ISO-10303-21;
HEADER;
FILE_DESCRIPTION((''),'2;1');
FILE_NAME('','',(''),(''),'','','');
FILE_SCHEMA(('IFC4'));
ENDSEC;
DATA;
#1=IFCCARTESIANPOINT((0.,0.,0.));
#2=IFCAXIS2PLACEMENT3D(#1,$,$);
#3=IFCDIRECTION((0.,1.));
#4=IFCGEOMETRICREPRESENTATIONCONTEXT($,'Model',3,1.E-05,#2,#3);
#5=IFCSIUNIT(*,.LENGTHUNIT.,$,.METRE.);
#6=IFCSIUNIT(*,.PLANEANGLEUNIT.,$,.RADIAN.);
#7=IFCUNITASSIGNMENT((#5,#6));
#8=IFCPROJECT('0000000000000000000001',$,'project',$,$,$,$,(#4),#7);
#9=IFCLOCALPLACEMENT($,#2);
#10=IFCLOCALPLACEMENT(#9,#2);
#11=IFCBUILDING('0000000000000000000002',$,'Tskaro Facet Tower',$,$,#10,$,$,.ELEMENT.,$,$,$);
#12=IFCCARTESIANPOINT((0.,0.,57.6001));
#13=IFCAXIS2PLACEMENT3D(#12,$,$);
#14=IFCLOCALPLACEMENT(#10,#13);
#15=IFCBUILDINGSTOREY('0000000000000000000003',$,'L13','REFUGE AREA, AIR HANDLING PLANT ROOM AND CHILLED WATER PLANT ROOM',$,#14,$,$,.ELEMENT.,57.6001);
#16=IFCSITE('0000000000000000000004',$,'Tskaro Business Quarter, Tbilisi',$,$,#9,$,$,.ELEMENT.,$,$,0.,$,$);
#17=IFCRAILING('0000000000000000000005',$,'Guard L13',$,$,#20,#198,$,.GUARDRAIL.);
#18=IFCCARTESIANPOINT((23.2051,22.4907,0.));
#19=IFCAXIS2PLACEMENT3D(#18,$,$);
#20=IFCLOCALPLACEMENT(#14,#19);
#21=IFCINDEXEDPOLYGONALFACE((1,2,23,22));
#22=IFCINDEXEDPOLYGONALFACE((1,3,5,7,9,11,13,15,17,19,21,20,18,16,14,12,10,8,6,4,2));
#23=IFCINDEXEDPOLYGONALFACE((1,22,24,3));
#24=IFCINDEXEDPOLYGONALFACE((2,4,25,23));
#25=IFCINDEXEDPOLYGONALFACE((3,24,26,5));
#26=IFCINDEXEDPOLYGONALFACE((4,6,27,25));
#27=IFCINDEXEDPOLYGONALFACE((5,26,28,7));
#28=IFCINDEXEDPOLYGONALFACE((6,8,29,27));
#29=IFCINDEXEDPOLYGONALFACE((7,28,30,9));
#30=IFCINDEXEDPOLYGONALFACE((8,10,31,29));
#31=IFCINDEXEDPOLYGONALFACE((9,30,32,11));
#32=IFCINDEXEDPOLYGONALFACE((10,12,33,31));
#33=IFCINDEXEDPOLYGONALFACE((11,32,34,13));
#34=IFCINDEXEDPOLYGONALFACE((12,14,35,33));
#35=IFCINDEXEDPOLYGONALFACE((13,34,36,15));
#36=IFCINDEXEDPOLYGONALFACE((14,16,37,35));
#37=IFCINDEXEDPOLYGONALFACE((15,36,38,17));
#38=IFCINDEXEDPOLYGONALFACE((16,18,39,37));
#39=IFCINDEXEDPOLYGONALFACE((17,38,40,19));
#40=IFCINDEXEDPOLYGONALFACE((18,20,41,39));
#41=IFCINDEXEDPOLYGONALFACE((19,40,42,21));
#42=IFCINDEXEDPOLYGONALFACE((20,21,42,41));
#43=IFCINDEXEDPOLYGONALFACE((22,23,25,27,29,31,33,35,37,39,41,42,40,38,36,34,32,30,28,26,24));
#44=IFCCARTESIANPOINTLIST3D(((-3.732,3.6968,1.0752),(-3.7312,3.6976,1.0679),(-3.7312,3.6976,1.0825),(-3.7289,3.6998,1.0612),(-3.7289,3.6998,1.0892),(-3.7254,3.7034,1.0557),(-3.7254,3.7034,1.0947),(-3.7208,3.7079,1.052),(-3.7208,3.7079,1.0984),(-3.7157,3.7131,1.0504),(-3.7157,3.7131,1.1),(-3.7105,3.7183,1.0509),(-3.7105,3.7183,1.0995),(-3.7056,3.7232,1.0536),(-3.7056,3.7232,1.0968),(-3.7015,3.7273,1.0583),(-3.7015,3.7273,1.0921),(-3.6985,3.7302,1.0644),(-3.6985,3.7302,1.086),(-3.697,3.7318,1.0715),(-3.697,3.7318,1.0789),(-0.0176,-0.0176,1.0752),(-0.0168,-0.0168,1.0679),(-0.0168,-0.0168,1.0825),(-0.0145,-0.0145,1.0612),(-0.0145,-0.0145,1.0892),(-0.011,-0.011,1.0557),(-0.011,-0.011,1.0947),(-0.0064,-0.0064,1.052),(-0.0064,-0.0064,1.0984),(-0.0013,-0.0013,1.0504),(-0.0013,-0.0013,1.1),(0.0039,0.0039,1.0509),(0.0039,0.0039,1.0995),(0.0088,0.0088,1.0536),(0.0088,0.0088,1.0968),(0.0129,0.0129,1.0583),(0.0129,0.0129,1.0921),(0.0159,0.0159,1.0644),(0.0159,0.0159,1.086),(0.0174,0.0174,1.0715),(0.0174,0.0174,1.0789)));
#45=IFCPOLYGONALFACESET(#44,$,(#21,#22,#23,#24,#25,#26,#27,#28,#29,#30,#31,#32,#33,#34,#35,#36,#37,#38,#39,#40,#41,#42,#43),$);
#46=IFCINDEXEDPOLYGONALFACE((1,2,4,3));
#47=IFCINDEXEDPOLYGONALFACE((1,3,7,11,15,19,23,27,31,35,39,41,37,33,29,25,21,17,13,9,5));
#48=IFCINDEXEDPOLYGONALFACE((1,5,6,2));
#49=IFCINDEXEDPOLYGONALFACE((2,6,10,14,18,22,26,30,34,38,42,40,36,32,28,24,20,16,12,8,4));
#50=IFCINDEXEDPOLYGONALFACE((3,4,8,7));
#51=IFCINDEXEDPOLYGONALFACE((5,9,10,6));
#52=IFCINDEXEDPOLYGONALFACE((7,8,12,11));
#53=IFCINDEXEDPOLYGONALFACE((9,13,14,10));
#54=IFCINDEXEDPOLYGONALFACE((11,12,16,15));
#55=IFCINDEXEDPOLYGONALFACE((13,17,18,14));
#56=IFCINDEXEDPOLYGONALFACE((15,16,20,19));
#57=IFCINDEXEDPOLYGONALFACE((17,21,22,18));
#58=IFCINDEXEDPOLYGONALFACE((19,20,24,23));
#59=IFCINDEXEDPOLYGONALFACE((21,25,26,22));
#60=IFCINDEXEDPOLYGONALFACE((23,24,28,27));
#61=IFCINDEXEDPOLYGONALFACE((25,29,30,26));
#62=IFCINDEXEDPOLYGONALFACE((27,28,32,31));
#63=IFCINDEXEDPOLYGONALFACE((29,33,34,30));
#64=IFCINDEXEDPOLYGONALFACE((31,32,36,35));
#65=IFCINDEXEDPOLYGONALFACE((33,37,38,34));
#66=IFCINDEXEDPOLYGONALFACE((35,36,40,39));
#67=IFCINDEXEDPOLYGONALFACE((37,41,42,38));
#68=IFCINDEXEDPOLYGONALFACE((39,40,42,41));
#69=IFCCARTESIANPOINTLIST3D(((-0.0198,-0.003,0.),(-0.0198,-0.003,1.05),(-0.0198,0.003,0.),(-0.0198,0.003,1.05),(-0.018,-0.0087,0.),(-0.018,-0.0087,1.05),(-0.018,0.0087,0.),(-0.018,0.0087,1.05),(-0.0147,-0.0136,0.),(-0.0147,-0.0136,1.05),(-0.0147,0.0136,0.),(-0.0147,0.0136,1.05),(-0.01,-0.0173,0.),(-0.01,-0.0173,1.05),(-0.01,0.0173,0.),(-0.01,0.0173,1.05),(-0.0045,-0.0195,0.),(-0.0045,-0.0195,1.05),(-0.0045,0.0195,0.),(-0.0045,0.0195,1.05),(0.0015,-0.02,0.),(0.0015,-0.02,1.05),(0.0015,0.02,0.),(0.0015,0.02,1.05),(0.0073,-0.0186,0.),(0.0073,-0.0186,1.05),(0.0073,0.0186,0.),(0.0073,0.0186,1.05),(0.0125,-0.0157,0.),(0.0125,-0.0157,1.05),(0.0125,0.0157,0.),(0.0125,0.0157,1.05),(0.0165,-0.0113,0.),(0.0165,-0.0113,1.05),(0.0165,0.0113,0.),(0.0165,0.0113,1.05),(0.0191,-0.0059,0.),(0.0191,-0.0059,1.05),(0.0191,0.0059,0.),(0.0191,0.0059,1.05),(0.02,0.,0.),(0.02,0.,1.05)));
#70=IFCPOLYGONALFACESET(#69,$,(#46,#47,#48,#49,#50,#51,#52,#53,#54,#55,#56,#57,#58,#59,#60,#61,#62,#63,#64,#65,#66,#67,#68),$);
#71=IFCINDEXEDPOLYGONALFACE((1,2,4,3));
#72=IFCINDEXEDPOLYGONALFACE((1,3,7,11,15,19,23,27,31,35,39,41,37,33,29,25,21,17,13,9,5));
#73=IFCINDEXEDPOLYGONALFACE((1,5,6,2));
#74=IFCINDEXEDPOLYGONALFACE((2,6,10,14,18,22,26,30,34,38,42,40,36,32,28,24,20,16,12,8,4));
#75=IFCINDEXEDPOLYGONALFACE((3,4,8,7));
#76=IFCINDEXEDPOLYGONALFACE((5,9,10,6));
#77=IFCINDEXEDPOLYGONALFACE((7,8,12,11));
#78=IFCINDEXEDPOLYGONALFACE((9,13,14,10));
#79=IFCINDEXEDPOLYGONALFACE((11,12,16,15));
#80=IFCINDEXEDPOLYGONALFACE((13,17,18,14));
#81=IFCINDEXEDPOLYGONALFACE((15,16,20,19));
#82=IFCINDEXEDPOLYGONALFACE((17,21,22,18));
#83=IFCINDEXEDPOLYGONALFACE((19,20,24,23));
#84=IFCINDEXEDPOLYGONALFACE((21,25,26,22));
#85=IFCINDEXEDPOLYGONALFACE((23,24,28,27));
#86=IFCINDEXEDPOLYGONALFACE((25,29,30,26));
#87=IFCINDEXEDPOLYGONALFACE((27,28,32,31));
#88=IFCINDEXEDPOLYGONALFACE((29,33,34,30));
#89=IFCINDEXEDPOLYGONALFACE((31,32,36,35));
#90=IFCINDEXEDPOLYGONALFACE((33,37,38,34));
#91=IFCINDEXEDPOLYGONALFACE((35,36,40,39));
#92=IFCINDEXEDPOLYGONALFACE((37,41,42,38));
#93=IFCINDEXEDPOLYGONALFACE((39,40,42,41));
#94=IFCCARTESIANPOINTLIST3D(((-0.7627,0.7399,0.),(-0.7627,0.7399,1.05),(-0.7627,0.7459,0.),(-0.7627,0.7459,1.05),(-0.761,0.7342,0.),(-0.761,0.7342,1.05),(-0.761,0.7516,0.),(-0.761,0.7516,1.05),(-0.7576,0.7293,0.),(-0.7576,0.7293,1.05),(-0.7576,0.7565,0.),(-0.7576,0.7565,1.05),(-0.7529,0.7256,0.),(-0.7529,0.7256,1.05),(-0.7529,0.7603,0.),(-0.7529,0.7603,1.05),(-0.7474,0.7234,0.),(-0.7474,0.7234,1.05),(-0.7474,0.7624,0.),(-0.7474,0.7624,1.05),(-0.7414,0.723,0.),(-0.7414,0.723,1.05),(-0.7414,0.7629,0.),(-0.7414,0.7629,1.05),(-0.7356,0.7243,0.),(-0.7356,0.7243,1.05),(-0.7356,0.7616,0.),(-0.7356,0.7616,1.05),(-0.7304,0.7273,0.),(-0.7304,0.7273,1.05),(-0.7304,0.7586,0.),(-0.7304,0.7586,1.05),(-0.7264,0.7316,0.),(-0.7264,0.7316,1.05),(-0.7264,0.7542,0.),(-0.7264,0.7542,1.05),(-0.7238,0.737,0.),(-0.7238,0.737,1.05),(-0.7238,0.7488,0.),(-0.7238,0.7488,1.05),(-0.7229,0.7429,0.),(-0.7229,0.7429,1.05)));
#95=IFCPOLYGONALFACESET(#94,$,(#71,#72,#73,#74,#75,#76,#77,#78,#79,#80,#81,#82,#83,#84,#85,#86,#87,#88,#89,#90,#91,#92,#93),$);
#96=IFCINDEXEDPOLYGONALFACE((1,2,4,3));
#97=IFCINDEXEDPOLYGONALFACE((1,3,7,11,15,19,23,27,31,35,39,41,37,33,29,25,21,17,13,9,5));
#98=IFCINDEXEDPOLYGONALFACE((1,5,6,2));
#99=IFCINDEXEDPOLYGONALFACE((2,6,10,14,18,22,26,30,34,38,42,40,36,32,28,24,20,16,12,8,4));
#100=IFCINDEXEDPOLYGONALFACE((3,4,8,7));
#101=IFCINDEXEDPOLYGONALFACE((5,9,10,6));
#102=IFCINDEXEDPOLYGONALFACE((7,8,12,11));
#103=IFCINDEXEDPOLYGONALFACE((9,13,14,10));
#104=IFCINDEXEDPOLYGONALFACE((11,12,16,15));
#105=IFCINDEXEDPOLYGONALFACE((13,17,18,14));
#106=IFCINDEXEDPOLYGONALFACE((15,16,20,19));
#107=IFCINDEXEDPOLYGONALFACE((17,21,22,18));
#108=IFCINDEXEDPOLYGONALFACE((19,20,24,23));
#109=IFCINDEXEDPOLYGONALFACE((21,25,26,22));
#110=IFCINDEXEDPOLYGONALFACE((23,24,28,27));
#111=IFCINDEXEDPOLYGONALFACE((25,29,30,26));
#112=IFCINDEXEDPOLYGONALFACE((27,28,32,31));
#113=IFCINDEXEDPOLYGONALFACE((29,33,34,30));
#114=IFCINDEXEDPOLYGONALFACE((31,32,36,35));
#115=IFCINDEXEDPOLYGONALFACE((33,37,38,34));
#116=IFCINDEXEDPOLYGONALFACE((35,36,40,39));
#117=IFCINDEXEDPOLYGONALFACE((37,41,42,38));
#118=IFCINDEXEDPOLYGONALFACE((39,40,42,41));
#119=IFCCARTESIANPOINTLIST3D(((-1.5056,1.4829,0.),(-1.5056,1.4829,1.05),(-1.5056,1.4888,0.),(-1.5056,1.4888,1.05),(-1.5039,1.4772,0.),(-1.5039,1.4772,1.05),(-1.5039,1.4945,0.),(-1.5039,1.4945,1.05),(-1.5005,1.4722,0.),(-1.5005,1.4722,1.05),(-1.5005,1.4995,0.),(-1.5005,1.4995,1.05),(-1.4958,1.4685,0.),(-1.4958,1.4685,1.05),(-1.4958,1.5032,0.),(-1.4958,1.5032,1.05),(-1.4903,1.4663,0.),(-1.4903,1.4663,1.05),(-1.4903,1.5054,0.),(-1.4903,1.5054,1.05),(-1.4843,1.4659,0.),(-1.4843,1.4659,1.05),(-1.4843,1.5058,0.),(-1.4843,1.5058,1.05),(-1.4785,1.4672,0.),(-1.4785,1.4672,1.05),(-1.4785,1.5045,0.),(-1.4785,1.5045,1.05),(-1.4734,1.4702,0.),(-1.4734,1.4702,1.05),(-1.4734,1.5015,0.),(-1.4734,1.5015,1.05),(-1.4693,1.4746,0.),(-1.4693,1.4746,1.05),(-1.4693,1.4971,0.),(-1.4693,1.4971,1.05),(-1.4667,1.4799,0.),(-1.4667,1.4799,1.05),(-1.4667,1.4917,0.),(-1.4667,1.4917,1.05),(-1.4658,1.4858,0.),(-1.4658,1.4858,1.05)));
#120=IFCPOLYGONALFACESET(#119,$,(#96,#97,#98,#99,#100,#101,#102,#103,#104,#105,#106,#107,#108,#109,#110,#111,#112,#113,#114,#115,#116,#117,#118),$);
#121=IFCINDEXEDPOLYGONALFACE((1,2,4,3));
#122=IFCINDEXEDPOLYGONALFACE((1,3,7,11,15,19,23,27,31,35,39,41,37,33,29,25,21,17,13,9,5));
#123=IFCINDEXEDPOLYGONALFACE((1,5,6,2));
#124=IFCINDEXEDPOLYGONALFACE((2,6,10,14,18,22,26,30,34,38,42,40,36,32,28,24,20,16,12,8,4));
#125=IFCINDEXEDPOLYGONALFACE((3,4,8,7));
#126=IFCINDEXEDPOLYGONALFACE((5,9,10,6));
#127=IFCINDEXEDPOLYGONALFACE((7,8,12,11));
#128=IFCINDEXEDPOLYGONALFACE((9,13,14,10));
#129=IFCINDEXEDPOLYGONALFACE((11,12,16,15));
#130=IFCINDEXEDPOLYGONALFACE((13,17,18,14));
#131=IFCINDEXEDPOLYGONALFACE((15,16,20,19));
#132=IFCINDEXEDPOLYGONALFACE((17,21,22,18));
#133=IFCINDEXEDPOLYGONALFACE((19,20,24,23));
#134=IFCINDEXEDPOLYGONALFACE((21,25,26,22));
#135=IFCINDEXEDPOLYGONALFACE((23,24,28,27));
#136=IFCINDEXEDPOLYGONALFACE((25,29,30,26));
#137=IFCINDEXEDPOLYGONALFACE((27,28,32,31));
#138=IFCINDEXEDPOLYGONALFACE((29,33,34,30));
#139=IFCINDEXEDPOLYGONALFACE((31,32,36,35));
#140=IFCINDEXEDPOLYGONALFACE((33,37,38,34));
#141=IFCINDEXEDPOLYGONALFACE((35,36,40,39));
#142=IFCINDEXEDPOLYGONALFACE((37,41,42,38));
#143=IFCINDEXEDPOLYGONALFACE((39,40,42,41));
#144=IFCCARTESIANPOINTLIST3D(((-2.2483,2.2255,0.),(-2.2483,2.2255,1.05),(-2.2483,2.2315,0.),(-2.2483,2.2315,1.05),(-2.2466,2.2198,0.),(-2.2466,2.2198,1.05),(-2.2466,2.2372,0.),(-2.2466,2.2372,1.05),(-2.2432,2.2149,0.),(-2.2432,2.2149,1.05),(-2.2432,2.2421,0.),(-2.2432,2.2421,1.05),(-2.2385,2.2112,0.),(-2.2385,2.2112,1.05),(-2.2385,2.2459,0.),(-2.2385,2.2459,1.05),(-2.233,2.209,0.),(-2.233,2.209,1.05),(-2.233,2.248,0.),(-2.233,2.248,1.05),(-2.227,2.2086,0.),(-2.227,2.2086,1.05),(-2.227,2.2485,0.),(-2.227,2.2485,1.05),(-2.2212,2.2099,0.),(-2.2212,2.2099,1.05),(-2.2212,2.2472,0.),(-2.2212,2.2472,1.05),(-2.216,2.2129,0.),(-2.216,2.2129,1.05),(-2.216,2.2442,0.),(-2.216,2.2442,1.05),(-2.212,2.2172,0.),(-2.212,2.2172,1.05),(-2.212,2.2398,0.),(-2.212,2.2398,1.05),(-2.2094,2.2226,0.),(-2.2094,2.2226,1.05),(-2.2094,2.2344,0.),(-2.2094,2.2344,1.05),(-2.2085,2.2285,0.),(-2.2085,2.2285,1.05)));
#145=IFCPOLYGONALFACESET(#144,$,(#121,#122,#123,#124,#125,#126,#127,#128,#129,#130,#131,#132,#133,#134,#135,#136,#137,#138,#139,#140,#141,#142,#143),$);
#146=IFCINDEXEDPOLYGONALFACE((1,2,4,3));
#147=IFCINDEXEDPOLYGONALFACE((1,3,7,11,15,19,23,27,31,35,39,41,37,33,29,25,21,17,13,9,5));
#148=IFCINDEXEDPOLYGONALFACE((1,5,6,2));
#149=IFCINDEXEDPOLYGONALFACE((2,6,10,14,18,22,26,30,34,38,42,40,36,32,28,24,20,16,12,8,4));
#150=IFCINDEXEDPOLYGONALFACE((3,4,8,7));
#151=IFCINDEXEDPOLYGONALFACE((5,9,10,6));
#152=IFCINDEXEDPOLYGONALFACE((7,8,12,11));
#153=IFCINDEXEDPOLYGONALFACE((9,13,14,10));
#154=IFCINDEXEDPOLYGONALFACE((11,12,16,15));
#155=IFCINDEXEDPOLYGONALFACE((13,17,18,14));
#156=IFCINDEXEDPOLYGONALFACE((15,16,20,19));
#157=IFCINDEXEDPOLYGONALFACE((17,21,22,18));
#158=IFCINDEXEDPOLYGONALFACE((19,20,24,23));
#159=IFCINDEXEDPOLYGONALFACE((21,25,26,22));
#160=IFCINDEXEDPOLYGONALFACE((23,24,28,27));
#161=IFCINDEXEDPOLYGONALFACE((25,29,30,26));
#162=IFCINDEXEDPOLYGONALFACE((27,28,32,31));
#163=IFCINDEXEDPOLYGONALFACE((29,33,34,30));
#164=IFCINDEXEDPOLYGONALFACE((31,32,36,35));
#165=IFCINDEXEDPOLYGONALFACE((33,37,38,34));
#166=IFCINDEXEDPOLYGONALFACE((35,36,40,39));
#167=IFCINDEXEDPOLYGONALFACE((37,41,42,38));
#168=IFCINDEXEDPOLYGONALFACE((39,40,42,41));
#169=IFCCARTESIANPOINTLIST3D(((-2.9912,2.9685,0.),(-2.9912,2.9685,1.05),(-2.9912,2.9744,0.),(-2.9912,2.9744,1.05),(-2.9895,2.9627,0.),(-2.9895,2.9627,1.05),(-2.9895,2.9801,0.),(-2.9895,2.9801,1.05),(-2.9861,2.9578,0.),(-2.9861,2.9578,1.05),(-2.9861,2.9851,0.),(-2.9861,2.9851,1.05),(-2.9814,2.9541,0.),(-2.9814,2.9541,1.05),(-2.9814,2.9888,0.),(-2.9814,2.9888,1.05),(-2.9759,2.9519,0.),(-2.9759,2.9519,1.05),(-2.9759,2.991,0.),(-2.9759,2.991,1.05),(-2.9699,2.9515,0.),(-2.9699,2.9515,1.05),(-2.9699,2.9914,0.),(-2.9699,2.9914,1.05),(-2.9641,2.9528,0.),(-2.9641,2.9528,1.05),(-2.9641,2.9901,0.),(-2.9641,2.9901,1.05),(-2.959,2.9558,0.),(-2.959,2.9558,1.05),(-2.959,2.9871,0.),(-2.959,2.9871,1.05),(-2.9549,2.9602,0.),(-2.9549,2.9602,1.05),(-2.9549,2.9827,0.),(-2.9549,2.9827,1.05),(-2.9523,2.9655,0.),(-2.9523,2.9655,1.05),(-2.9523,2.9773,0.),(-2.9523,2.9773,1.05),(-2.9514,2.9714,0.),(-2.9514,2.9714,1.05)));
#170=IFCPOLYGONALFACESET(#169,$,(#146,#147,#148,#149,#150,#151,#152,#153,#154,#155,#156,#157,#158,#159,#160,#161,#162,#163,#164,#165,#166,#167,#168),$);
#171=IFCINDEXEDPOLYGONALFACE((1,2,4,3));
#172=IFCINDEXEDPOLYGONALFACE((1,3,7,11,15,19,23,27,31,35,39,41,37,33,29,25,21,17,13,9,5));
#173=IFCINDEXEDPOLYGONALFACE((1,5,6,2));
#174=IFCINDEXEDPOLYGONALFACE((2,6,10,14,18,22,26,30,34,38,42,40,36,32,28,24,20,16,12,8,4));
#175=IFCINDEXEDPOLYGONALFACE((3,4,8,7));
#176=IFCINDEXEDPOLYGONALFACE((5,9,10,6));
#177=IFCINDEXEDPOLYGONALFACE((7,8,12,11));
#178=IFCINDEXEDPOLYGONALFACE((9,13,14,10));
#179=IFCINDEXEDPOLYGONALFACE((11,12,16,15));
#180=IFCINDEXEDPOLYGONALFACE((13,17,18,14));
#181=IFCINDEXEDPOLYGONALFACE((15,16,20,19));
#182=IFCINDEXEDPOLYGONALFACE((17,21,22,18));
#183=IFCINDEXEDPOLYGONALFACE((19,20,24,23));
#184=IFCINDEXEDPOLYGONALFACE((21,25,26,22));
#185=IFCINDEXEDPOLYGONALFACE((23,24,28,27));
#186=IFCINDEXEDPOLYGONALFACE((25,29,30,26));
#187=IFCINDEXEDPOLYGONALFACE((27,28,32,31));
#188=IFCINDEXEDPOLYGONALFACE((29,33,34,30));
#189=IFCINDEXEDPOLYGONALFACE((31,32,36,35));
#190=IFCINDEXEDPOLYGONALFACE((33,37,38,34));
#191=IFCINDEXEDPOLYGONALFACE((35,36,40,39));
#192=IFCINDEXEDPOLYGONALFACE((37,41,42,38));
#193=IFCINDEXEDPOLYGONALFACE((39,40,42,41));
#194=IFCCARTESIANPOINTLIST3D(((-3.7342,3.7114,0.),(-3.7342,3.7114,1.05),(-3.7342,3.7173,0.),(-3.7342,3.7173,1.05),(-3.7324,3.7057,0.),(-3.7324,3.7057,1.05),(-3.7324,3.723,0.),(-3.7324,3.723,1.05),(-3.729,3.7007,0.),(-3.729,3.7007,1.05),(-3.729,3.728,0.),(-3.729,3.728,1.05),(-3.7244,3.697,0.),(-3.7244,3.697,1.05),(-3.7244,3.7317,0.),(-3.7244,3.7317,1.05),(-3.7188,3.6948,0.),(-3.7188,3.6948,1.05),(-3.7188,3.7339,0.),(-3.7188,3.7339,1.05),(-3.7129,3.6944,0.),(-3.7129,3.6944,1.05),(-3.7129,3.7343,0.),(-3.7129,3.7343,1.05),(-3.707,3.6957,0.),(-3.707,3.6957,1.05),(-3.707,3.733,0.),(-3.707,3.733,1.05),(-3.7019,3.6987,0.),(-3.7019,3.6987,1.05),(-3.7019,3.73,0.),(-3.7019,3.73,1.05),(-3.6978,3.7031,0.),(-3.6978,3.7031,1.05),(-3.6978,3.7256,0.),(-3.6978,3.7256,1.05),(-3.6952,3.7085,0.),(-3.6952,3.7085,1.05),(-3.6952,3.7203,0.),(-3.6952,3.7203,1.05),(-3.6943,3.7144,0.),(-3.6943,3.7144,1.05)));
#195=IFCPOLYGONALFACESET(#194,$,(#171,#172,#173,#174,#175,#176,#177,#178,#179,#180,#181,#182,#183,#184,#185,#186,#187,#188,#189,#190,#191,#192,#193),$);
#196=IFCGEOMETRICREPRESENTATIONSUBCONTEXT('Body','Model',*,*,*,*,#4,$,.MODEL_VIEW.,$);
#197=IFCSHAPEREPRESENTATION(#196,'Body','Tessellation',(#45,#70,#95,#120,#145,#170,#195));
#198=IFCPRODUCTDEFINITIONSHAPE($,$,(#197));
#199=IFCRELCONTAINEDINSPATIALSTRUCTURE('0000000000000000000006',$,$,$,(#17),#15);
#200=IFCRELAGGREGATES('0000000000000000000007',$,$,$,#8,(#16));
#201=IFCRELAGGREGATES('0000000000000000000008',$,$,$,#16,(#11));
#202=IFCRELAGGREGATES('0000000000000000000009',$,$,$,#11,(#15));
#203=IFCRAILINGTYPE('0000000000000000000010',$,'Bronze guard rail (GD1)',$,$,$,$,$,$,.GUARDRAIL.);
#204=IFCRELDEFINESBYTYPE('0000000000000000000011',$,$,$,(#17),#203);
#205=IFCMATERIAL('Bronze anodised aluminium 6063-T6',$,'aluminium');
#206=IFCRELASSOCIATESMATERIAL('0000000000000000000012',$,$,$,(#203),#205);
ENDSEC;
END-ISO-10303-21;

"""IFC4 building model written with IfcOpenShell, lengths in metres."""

from ifc_helpers import new_model, si_unit, direction, frame, origin, origin_2d, place, context, subcontext, project, spatial, circle, extrude, material, type_object, element, save


model = new_model("IFC4")

# Units and contexts
model_context = context("Model", 3, precision=1e-05, world=origin(), true_north=direction((0.0, 1.0)))
body_context = subcontext(model_context, "Body", "Model", "MODEL_VIEW")
ifc_project = project(units=[si_unit("LENGTHUNIT", "METRE"), si_unit("PLANEANGLEUNIT", "RADIAN")], contexts=[model_context])

# Site, building, storey
site_placement = place(None, origin())
site = spatial("IfcSite", under=ifc_project, at=site_placement, Name="Tskaro Business Quarter, Tbilisi", CompositionType="ELEMENT", RefElevation=0.0)
building_placement = place(site_placement, origin())
building = spatial("IfcBuilding", under=site, at=building_placement, Name="Tskaro Facet Tower", CompositionType="ELEMENT")
storey_placement = place(building_placement, frame((0.0, 0.0, 57.6001)))
storey = spatial("IfcBuildingStorey", under=building, at=storey_placement, Name="L13", Description="REFUGE AREA, AIR HANDLING PLANT ROOM AND CHILLED WATER PLANT ROOM", CompositionType="ELEMENT", Elevation=57.6001)

# Railing
ifc_material_1 = material(Name="Bronze anodised aluminium 6063-T6", Category="aluminium")
railing_type = type_object("IfcRailingType", Name="Bronze guard rail (GD1)", PredefinedType="GUARDRAIL", material=ifc_material_1)
railing_placement = place(storey_placement, frame((23.2051, 22.4907, 0.0)))
element("IfcRailing", 1, at=railing_placement, inside=storey, type_object=railing_type, Name="Guard L13", PredefinedType="GUARDRAIL", context=body_context, shape_type="SweptSolid", body=[
    extrude(circle(Radius=0.0249, at=origin_2d()), frame((0.0, 0.0, 1.0752), z_axis=(-0.707107, 0.707107, 0.0), x_axis=(-0.707107, -0.707107, 0.0)), (0.0, 0.0, 1.0), 5.2529),
    extrude(circle(Radius=0.02, at=origin_2d()), origin(), (0.0, 0.0, 1.0), 1.05),
    extrude(circle(Radius=0.02, at=origin_2d()), frame((-0.7429, 0.7429, 0.0)), (0.0, 0.0, 1.0), 1.05),
    extrude(circle(Radius=0.02, at=origin_2d()), frame((-1.4858, 1.4858, 0.0)), (0.0, 0.0, 1.0), 1.05),
    extrude(circle(Radius=0.02, at=origin_2d()), frame((-2.2285, 2.2285, 0.0)), (0.0, 0.0, 1.0), 1.05),
    extrude(circle(Radius=0.02, at=origin_2d()), frame((-2.9714, 2.9714, 0.0)), (0.0, 0.0, 1.0), 1.05),
    extrude(circle(Radius=0.02, at=origin_2d()), frame((-3.7144, 3.7144, 0.0)), (0.0, 0.0, 1.0), 1.05),
])

save(model, "model.ifc")
